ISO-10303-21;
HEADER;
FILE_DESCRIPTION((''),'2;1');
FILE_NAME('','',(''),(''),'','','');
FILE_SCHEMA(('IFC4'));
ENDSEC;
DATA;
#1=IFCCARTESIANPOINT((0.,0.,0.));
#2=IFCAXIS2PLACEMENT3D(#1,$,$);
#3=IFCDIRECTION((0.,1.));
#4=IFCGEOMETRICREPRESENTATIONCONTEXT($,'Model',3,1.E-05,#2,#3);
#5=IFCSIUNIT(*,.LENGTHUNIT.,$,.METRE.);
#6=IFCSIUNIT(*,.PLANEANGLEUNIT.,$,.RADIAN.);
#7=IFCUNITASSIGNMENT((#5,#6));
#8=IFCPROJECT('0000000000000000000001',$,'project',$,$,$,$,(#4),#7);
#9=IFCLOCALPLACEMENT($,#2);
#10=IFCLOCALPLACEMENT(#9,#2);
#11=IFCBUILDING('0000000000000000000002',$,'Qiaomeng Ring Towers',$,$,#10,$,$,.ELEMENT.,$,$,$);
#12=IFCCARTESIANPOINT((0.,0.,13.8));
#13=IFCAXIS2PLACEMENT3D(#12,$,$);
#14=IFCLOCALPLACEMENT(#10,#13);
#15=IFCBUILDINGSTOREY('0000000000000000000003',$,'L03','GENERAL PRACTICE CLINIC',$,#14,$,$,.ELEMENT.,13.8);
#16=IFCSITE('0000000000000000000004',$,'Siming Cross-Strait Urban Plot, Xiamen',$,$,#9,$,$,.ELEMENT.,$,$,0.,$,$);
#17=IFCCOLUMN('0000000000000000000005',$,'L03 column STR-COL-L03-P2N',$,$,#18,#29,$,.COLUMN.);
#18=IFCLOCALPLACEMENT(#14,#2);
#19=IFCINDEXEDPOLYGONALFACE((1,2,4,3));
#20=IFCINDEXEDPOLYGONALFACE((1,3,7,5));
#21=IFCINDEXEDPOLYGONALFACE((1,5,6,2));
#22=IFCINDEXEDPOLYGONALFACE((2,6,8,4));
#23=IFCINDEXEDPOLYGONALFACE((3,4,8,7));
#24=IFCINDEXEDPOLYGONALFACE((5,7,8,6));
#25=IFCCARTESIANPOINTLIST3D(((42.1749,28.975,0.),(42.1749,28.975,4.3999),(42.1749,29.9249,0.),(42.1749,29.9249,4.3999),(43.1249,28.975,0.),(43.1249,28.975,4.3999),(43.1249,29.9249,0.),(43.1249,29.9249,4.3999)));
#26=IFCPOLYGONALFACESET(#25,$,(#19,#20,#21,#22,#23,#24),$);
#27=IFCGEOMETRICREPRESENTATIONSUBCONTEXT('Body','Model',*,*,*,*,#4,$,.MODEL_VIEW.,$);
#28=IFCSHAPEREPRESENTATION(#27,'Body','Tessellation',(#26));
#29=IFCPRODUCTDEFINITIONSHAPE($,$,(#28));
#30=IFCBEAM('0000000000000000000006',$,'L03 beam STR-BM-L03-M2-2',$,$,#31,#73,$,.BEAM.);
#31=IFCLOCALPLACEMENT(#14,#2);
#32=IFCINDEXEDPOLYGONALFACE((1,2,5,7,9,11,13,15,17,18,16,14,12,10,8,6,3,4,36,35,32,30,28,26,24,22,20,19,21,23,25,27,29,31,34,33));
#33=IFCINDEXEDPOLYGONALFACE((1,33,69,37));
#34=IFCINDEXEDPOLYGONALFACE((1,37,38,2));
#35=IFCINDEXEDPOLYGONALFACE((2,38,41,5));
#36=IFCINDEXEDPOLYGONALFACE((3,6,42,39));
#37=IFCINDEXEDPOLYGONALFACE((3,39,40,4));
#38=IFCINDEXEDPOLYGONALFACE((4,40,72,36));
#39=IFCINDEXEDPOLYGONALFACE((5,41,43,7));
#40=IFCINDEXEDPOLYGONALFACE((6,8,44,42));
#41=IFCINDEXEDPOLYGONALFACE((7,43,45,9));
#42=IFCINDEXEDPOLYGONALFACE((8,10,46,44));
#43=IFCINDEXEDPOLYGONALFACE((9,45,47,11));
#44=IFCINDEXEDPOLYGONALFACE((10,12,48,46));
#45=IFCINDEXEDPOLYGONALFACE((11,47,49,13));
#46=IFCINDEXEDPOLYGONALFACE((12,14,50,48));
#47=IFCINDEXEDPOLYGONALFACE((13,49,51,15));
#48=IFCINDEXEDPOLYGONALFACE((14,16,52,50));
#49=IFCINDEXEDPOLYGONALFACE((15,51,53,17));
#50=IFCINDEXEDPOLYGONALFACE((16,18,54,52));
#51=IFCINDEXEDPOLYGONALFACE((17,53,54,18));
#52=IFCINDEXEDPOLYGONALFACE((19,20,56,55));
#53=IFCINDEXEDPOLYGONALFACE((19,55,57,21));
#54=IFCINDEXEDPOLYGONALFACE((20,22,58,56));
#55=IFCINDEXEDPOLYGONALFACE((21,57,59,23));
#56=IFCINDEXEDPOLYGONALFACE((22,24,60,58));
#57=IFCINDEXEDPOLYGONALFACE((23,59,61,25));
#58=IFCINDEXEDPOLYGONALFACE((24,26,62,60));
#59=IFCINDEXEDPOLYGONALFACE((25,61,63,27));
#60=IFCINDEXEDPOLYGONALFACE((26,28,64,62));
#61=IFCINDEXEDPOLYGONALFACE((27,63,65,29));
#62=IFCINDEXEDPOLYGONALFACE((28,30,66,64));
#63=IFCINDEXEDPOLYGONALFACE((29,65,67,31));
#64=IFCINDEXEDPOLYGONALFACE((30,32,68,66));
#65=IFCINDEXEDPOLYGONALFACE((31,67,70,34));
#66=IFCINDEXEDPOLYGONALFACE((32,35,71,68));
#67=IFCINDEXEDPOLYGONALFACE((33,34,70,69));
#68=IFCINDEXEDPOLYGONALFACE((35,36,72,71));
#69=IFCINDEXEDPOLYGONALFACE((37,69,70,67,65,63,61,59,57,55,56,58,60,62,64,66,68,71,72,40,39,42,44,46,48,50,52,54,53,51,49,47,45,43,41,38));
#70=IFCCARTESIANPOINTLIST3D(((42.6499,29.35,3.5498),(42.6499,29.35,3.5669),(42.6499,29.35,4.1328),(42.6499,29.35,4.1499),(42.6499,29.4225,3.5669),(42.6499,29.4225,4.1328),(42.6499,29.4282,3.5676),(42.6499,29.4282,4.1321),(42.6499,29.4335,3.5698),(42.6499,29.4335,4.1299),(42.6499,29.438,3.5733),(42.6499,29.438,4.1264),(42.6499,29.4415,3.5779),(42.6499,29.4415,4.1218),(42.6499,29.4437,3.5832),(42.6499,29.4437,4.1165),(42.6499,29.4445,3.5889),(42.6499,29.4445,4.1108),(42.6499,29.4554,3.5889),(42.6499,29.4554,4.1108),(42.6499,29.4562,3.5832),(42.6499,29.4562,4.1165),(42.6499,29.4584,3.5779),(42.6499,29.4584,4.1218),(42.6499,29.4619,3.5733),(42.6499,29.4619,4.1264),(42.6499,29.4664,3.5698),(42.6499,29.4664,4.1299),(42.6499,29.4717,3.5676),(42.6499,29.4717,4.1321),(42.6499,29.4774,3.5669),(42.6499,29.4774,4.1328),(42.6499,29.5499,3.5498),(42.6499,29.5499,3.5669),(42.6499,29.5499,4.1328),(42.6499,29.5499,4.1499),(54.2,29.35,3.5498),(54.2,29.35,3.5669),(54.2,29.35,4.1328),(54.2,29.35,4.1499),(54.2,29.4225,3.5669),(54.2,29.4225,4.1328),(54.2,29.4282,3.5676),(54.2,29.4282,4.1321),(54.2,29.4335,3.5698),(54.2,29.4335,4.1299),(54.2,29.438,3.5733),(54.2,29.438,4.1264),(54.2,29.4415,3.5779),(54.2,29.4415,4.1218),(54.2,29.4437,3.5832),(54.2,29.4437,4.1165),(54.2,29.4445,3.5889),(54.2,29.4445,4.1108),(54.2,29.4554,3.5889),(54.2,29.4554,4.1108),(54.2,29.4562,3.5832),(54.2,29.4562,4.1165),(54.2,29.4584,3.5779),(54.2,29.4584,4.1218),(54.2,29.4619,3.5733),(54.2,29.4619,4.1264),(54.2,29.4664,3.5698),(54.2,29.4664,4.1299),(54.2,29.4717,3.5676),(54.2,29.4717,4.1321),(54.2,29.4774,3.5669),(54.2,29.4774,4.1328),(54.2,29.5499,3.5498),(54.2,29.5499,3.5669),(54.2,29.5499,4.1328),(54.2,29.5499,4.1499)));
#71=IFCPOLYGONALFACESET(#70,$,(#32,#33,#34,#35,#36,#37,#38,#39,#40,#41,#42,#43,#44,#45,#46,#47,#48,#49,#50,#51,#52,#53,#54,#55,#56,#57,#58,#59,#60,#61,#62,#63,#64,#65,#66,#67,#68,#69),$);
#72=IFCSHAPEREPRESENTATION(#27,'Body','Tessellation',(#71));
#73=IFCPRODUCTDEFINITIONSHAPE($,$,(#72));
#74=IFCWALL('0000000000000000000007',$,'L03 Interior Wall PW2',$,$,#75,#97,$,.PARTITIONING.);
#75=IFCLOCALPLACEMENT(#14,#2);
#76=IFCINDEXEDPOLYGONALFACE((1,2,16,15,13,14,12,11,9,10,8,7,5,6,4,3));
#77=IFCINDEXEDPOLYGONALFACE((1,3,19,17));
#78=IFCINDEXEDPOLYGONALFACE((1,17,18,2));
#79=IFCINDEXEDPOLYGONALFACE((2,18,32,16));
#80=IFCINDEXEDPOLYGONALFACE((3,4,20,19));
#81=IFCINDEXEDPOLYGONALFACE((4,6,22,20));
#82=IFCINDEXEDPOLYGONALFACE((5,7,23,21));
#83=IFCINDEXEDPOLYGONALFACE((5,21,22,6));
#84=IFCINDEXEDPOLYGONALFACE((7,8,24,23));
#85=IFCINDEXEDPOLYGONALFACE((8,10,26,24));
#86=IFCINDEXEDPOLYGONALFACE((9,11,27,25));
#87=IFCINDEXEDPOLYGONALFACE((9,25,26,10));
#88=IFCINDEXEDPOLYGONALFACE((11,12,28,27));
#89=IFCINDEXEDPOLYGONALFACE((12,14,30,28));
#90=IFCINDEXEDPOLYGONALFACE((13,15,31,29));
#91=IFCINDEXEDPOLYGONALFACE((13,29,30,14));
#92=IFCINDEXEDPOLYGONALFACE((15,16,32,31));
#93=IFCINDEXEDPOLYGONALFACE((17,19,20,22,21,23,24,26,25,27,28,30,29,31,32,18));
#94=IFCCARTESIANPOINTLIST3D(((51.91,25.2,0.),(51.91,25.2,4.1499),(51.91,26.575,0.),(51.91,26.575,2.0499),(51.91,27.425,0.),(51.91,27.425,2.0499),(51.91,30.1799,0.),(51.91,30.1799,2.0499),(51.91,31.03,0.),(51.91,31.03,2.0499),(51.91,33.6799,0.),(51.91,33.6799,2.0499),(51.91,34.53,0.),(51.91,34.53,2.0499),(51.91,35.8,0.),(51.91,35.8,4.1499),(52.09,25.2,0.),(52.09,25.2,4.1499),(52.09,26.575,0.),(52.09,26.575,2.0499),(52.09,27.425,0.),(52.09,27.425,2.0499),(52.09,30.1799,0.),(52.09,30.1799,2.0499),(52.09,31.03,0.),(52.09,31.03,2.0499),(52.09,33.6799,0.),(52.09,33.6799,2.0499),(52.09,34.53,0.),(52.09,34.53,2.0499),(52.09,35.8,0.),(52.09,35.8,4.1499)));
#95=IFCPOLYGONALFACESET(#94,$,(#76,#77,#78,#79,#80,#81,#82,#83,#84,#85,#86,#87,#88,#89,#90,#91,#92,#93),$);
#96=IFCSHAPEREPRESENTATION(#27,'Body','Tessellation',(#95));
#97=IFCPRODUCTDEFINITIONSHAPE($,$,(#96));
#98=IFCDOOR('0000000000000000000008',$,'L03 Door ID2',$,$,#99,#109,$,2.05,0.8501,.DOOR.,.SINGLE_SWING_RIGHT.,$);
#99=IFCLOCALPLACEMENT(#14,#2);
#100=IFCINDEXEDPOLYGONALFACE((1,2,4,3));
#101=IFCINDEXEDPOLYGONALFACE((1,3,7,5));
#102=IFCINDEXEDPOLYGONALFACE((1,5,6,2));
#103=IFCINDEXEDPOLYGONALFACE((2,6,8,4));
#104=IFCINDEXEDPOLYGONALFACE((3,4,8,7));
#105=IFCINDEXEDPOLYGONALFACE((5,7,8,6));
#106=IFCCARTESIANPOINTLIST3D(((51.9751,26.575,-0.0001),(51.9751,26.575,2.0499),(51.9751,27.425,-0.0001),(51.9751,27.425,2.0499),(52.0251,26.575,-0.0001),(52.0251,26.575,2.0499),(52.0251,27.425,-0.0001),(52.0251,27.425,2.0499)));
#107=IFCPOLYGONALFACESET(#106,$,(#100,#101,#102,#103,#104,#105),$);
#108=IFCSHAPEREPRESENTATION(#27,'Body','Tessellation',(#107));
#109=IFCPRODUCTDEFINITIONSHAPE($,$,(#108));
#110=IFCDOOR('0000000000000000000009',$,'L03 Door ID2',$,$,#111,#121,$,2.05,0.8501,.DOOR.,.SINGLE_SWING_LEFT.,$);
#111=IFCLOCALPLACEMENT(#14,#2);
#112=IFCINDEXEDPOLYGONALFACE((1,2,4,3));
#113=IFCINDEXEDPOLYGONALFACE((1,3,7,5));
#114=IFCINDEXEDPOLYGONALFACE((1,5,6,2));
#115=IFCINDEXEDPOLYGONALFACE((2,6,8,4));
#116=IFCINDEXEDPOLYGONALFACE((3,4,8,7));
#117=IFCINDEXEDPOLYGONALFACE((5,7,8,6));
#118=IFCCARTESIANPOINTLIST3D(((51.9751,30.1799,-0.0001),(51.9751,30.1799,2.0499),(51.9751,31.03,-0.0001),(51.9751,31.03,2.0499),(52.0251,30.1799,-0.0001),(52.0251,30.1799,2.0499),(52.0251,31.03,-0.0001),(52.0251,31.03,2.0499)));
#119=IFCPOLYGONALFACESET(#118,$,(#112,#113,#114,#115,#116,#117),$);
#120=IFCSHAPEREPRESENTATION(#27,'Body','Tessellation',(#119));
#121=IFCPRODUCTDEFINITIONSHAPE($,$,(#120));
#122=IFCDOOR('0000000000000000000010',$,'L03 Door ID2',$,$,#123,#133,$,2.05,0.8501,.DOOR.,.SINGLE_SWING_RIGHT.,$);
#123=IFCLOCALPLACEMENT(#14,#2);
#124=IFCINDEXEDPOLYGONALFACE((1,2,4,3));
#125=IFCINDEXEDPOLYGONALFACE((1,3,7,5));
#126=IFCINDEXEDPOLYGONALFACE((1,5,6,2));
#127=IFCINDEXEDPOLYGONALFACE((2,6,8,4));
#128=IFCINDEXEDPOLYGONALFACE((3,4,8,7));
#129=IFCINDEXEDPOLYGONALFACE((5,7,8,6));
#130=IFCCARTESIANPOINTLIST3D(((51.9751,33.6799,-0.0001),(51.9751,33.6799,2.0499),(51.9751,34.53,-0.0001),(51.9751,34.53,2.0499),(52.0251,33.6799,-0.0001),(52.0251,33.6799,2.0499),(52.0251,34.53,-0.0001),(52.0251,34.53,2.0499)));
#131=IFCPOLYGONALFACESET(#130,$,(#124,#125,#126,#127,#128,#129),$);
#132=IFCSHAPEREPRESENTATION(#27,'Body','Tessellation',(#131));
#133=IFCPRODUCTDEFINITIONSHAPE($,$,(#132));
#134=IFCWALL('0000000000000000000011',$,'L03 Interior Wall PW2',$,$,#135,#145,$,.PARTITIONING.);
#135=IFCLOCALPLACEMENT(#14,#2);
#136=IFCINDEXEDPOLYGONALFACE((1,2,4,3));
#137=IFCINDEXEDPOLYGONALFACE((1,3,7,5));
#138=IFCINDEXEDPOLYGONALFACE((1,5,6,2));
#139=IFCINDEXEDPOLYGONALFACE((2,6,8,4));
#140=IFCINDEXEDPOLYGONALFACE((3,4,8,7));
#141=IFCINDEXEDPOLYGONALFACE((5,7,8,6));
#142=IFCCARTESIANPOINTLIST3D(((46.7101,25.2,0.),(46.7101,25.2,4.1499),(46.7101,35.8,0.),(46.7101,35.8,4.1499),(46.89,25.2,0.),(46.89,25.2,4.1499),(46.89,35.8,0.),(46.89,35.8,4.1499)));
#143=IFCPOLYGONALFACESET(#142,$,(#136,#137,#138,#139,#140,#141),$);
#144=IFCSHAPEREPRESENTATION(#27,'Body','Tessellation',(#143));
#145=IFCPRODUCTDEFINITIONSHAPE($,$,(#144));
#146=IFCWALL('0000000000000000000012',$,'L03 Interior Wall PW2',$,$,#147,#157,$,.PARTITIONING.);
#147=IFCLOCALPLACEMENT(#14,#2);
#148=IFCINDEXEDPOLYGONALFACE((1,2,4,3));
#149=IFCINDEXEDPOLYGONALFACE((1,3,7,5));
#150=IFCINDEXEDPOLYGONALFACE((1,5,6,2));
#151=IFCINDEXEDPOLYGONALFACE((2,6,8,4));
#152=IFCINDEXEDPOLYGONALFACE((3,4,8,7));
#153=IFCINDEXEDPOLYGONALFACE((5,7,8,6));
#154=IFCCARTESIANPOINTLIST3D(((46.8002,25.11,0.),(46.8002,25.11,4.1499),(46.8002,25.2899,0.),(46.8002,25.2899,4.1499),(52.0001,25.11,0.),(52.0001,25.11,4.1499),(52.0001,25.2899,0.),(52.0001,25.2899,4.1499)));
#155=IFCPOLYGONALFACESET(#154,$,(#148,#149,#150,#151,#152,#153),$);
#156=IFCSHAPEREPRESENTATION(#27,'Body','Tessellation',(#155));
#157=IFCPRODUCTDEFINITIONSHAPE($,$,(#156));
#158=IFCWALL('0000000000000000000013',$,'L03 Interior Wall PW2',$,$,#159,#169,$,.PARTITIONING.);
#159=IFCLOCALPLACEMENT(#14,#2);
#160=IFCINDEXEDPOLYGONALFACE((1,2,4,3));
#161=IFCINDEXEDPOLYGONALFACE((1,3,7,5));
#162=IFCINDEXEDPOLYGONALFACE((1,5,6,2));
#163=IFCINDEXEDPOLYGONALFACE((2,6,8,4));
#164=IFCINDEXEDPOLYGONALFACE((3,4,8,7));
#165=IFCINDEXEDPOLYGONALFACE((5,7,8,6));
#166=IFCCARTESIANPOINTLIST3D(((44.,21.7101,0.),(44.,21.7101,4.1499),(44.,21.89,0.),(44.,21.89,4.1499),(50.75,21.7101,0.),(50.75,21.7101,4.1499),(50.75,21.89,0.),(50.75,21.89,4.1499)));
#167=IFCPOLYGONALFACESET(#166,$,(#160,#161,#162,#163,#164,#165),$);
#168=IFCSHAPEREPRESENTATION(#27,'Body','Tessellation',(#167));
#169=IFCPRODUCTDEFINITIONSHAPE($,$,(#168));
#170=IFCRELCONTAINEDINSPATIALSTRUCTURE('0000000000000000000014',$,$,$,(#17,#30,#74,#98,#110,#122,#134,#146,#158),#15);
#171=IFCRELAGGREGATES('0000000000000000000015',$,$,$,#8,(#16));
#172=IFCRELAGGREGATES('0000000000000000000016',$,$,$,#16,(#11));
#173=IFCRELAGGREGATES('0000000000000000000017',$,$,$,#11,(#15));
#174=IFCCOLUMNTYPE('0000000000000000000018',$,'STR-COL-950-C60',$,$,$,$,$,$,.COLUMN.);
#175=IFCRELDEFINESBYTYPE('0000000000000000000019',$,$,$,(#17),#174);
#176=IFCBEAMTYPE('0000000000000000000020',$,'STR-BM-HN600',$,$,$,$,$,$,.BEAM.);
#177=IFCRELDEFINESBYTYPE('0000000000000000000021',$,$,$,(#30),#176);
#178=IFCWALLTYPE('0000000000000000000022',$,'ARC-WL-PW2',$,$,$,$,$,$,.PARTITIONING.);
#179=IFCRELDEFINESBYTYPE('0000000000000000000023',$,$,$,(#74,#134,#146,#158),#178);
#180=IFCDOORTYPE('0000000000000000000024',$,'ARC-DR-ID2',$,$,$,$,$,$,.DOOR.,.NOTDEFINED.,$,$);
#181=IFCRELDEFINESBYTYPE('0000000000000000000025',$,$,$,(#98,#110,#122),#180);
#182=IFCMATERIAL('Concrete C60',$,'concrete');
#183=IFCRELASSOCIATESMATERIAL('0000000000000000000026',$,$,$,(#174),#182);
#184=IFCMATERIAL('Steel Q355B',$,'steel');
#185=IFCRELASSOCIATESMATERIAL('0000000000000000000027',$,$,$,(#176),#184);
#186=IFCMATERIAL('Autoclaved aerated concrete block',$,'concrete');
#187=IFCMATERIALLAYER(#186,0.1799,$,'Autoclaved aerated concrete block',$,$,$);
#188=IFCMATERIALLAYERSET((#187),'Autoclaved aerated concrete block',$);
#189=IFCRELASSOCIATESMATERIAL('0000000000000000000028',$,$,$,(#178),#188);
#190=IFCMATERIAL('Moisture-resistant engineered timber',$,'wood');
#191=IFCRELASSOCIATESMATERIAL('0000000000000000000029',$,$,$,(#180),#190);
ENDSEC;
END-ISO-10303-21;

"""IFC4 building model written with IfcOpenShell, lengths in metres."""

from ifc_helpers import new_model, si_unit, direction, frame, frame_2d, origin, origin_2d, place, context, subcontext, project, spatial, rectangle, i_section, extrude, source, transform, mapped, material, layer, layer_set, material_profile, profile_set, type_object, element, fill, save


model = new_model("IFC4")

# Units and contexts
model_context = context("Model", 3, precision=1e-05, world=origin(), true_north=direction((0.0, 1.0)))
body_context = subcontext(model_context, "Body", "Model", "MODEL_VIEW")
ifc_project = project(units=[si_unit("LENGTHUNIT", "METRE"), si_unit("PLANEANGLEUNIT", "RADIAN")], contexts=[model_context])

# Site, building, storey
site_placement = place(None, origin())
site = spatial("IfcSite", under=ifc_project, at=site_placement, Name="Siming Cross-Strait Urban Plot, Xiamen", CompositionType="ELEMENT", RefElevation=0.0)
building_placement = place(site_placement, origin())
building = spatial("IfcBuilding", under=site, at=building_placement, Name="Qiaomeng Ring Towers", CompositionType="ELEMENT")
storey_placement = place(building_placement, frame((0.0, 0.0, 13.8)))
storey = spatial("IfcBuildingStorey", under=building, at=storey_placement, Name="L03", Description="GENERAL PRACTICE CLINIC", CompositionType="ELEMENT", Elevation=13.8)

# Column
ifc_material_1 = material(Name="Concrete C60", Category="concrete")
ifc_material_profile_1 = material_profile(ifc_material_1, rectangle(XDim=0.95, YDim=0.95, at=origin_2d()), Name="RC COL 950x950")
ifc_profile_set_1 = profile_set([ifc_material_profile_1], Name="Concrete C60")
column_type = type_object("IfcColumnType", Name="STR-COL-950-C60", PredefinedType="COLUMN", material=ifc_profile_set_1)
shared_shape_1 = source(origin(), body_context, "Body", "SweptSolid", [
    extrude(rectangle(XDim=0.95, YDim=0.95, at=origin_2d()), origin(), (0.0, 0.0, 1.0), 4.3999),
])
column_placement = place(storey_placement, frame((42.6499, 29.45, 0.0), z_axis=(0.0, 0.0, 1.0), x_axis=(1.0, 0.0, 0.0)))
element("IfcColumn", 1, at=column_placement, inside=storey, type_object=column_type, Name="L03 column STR-COL-L03-P2N", PredefinedType="COLUMN", context=body_context, shape_type="MappedRepresentation", body=[
    mapped(shared_shape_1, transform((0.0, 0.0, 0.0), x_axis=(1.0, 0.0, 0.0), y_axis=(0.0, 1.0, 0.0), z_axis=(0.0, 0.0, 1.0), scale=1.0)),
])

# Beam
ifc_material_2 = material(Name="Steel Q355B", Category="steel")
ifc_material_profile_2 = material_profile(ifc_material_2, i_section(OverallWidth=0.2, OverallDepth=0.6001, WebThickness=0.011, FlangeThickness=0.0171, FilletRadius=0.022, at=origin_2d()), Name="HN 600x200x11x17")
ifc_profile_set_2 = profile_set([ifc_material_profile_2], Name="Steel Q355B")
beam_type = type_object("IfcBeamType", Name="STR-BM-HN600", PredefinedType="BEAM", material=ifc_profile_set_2)
shared_shape_2 = source(origin(), body_context, "Body", "SweptSolid", [
    extrude(i_section(OverallWidth=0.2, OverallDepth=0.6001, WebThickness=0.011, FlangeThickness=0.0171, FilletRadius=0.022, at=origin_2d()), origin(), (0.0, 0.0, 1.0), 11.55),
])
beam_placement = place(storey_placement, frame((42.6499, 29.45, 3.8499), z_axis=(1.0, 0.0, 0.0), x_axis=(0.0, 1.0, 0.0)))
element("IfcBeam", 2, at=beam_placement, inside=storey, type_object=beam_type, Name="L03 beam STR-BM-L03-M2-2", PredefinedType="BEAM", context=body_context, shape_type="MappedRepresentation", body=[
    mapped(shared_shape_2, transform((0.0, 0.0, 0.0), x_axis=(1.0, 0.0, 0.0), y_axis=(0.0, 1.0, 0.0), z_axis=(0.0, 0.0, 1.0), scale=1.0)),
])

# Wall, openings, doors
ifc_material_3 = material(Name="Autoclaved aerated concrete block", Category="concrete")
ifc_layer_1 = layer(ifc_material_3, 0.1799, Name="Autoclaved aerated concrete block")
ifc_layer_set_1 = layer_set([ifc_layer_1], Name="Autoclaved aerated concrete block")
wall_type_1 = type_object("IfcWallType", Name="ARC-WL-PW2", PredefinedType="PARTITIONING", material=ifc_layer_set_1)
wall_1_placement = place(storey_placement, frame((52.0, 25.2, 0.0), z_axis=(0.0, 0.0, 1.0), x_axis=(0.0, 1.0, 0.0)))
wall_1 = element("IfcWall", 3, at=wall_1_placement, inside=storey, type_object=wall_type_1, Name="L03 Interior Wall PW2", PredefinedType="PARTITIONING", context=body_context, shape_type="SweptSolid", body=[
    extrude(rectangle(XDim=10.6001, YDim=0.1799, at=frame_2d((5.3, 0.0))), origin(), (0.0, 0.0, 1.0), 4.1499),
])
opening_1_placement = place(wall_1_placement, frame((1.375, 0.0, 0.0)))
opening_1 = element("IfcOpeningElement", 4, at=opening_1_placement, cuts=wall_1, PredefinedType="OPENING", context=body_context, shape_type="SweptSolid", body=[
    extrude(rectangle(XDim=0.8501, YDim=2.05, at=frame_2d((0.425, 1.0249))), frame((0.0, 0.0999, 0.0), z_axis=(0.0, -1.0, 0.0), x_axis=(1.0, 0.0, 0.0)), (0.0, 0.0, 1.0), 0.2),
])
opening_2_placement = place(wall_1_placement, frame((4.98, 0.0, 0.0)))
opening_2 = element("IfcOpeningElement", 5, at=opening_2_placement, cuts=wall_1, PredefinedType="OPENING", context=body_context, shape_type="SweptSolid", body=[
    extrude(rectangle(XDim=0.8501, YDim=2.05, at=frame_2d((0.425, 1.0249))), frame((0.0, 0.0999, 0.0), z_axis=(0.0, -1.0, 0.0), x_axis=(1.0, 0.0, 0.0)), (0.0, 0.0, 1.0), 0.2),
])
opening_3_placement = place(wall_1_placement, frame((8.48, 0.0, 0.0)))
opening_3 = element("IfcOpeningElement", 6, at=opening_3_placement, cuts=wall_1, PredefinedType="OPENING", context=body_context, shape_type="SweptSolid", body=[
    extrude(rectangle(XDim=0.8501, YDim=2.05, at=frame_2d((0.425, 1.0249))), frame((0.0, 0.0999, 0.0), z_axis=(0.0, -1.0, 0.0), x_axis=(1.0, 0.0, 0.0)), (0.0, 0.0, 1.0), 0.2),
])
ifc_material_4 = material(Name="Moisture-resistant engineered timber", Category="wood")
door_type_1 = type_object("IfcDoorType", Name="ARC-DR-ID2", OperationType="NOTDEFINED", PredefinedType="DOOR", material=ifc_material_4)
shared_shape_3 = source(origin(), body_context, "Body", "SweptSolid", [
    extrude(rectangle(XDim=0.8501, YDim=2.05, at=frame_2d((0.425, 1.0249))), frame((0.0, 0.0249, 0.0), z_axis=(0.0, -1.0, 0.0), x_axis=(1.0, 0.0, 0.0)), (0.0, 0.0, 1.0), 0.05),
])
door_1_placement = place(opening_1_placement, origin())
door_1 = element("IfcDoor", 7, at=door_1_placement, inside=storey, type_object=door_type_1, Name="L03 Door ID2", OperationType="SINGLE_SWING_RIGHT", OverallHeight=2.05, OverallWidth=0.8501, PredefinedType="DOOR", context=body_context, shape_type="MappedRepresentation", body=[
    mapped(shared_shape_3, transform((0.0, 0.0, 0.0), x_axis=(1.0, 0.0, 0.0), y_axis=(0.0, 1.0, 0.0), z_axis=(0.0, 0.0, 1.0), scale=1.0)),
])
fill(opening_1, door_1)
door_2_placement = place(opening_2_placement, origin())
door_2 = element("IfcDoor", 8, at=door_2_placement, inside=storey, type_object=door_type_1, Name="L03 Door ID2", OperationType="SINGLE_SWING_LEFT", OverallHeight=2.05, OverallWidth=0.8501, PredefinedType="DOOR", context=body_context, shape_type="MappedRepresentation", body=[
    mapped(shared_shape_3, transform((0.0, 0.0, 0.0), x_axis=(1.0, 0.0, 0.0), y_axis=(0.0, 1.0, 0.0), z_axis=(0.0, 0.0, 1.0), scale=1.0)),
])
fill(opening_2, door_2)
door_3_placement = place(opening_3_placement, origin())
door_3 = element("IfcDoor", 9, at=door_3_placement, inside=storey, type_object=door_type_1, Name="L03 Door ID2", OperationType="SINGLE_SWING_RIGHT", OverallHeight=2.05, OverallWidth=0.8501, PredefinedType="DOOR", context=body_context, shape_type="MappedRepresentation", body=[
    mapped(shared_shape_3, transform((0.0, 0.0, 0.0), x_axis=(1.0, 0.0, 0.0), y_axis=(0.0, 1.0, 0.0), z_axis=(0.0, 0.0, 1.0), scale=1.0)),
])
fill(opening_3, door_3)

# Walls
wall_2_placement = place(storey_placement, frame((46.8, 25.2, 0.0), z_axis=(0.0, 0.0, 1.0), x_axis=(0.0, 1.0, 0.0)))
element("IfcWall", 10, at=wall_2_placement, inside=storey, type_object=wall_type_1, Name="L03 Interior Wall PW2", PredefinedType="PARTITIONING", context=body_context, shape_type="SweptSolid", body=[
    extrude(rectangle(XDim=10.6001, YDim=0.1799, at=frame_2d((5.3, 0.0))), origin(), (0.0, 0.0, 1.0), 4.1499),
])
wall_3_placement = place(storey_placement, frame((46.8, 25.2, 0.0), z_axis=(0.0, 0.0, 1.0), x_axis=(1.0, 0.0, 0.0)))
element("IfcWall", 11, at=wall_3_placement, inside=storey, type_object=wall_type_1, Name="L03 Interior Wall PW2", PredefinedType="PARTITIONING", context=body_context, shape_type="SweptSolid", body=[
    extrude(rectangle(XDim=5.2, YDim=0.1799, at=frame_2d((2.6001, 0.0))), origin(), (0.0, 0.0, 1.0), 4.1499),
])
wall_4_placement = place(storey_placement, frame((44.0, 21.8, 0.0), z_axis=(0.0, 0.0, 1.0), x_axis=(1.0, 0.0, 0.0)))
element("IfcWall", 12, at=wall_4_placement, inside=storey, type_object=wall_type_1, Name="L03 Interior Wall PW2", PredefinedType="PARTITIONING", context=body_context, shape_type="SweptSolid", body=[
    extrude(rectangle(XDim=6.75, YDim=0.1799, at=frame_2d((3.375, 0.0))), origin(), (0.0, 0.0, 1.0), 4.1499),
])

save(model, "model.ifc")
